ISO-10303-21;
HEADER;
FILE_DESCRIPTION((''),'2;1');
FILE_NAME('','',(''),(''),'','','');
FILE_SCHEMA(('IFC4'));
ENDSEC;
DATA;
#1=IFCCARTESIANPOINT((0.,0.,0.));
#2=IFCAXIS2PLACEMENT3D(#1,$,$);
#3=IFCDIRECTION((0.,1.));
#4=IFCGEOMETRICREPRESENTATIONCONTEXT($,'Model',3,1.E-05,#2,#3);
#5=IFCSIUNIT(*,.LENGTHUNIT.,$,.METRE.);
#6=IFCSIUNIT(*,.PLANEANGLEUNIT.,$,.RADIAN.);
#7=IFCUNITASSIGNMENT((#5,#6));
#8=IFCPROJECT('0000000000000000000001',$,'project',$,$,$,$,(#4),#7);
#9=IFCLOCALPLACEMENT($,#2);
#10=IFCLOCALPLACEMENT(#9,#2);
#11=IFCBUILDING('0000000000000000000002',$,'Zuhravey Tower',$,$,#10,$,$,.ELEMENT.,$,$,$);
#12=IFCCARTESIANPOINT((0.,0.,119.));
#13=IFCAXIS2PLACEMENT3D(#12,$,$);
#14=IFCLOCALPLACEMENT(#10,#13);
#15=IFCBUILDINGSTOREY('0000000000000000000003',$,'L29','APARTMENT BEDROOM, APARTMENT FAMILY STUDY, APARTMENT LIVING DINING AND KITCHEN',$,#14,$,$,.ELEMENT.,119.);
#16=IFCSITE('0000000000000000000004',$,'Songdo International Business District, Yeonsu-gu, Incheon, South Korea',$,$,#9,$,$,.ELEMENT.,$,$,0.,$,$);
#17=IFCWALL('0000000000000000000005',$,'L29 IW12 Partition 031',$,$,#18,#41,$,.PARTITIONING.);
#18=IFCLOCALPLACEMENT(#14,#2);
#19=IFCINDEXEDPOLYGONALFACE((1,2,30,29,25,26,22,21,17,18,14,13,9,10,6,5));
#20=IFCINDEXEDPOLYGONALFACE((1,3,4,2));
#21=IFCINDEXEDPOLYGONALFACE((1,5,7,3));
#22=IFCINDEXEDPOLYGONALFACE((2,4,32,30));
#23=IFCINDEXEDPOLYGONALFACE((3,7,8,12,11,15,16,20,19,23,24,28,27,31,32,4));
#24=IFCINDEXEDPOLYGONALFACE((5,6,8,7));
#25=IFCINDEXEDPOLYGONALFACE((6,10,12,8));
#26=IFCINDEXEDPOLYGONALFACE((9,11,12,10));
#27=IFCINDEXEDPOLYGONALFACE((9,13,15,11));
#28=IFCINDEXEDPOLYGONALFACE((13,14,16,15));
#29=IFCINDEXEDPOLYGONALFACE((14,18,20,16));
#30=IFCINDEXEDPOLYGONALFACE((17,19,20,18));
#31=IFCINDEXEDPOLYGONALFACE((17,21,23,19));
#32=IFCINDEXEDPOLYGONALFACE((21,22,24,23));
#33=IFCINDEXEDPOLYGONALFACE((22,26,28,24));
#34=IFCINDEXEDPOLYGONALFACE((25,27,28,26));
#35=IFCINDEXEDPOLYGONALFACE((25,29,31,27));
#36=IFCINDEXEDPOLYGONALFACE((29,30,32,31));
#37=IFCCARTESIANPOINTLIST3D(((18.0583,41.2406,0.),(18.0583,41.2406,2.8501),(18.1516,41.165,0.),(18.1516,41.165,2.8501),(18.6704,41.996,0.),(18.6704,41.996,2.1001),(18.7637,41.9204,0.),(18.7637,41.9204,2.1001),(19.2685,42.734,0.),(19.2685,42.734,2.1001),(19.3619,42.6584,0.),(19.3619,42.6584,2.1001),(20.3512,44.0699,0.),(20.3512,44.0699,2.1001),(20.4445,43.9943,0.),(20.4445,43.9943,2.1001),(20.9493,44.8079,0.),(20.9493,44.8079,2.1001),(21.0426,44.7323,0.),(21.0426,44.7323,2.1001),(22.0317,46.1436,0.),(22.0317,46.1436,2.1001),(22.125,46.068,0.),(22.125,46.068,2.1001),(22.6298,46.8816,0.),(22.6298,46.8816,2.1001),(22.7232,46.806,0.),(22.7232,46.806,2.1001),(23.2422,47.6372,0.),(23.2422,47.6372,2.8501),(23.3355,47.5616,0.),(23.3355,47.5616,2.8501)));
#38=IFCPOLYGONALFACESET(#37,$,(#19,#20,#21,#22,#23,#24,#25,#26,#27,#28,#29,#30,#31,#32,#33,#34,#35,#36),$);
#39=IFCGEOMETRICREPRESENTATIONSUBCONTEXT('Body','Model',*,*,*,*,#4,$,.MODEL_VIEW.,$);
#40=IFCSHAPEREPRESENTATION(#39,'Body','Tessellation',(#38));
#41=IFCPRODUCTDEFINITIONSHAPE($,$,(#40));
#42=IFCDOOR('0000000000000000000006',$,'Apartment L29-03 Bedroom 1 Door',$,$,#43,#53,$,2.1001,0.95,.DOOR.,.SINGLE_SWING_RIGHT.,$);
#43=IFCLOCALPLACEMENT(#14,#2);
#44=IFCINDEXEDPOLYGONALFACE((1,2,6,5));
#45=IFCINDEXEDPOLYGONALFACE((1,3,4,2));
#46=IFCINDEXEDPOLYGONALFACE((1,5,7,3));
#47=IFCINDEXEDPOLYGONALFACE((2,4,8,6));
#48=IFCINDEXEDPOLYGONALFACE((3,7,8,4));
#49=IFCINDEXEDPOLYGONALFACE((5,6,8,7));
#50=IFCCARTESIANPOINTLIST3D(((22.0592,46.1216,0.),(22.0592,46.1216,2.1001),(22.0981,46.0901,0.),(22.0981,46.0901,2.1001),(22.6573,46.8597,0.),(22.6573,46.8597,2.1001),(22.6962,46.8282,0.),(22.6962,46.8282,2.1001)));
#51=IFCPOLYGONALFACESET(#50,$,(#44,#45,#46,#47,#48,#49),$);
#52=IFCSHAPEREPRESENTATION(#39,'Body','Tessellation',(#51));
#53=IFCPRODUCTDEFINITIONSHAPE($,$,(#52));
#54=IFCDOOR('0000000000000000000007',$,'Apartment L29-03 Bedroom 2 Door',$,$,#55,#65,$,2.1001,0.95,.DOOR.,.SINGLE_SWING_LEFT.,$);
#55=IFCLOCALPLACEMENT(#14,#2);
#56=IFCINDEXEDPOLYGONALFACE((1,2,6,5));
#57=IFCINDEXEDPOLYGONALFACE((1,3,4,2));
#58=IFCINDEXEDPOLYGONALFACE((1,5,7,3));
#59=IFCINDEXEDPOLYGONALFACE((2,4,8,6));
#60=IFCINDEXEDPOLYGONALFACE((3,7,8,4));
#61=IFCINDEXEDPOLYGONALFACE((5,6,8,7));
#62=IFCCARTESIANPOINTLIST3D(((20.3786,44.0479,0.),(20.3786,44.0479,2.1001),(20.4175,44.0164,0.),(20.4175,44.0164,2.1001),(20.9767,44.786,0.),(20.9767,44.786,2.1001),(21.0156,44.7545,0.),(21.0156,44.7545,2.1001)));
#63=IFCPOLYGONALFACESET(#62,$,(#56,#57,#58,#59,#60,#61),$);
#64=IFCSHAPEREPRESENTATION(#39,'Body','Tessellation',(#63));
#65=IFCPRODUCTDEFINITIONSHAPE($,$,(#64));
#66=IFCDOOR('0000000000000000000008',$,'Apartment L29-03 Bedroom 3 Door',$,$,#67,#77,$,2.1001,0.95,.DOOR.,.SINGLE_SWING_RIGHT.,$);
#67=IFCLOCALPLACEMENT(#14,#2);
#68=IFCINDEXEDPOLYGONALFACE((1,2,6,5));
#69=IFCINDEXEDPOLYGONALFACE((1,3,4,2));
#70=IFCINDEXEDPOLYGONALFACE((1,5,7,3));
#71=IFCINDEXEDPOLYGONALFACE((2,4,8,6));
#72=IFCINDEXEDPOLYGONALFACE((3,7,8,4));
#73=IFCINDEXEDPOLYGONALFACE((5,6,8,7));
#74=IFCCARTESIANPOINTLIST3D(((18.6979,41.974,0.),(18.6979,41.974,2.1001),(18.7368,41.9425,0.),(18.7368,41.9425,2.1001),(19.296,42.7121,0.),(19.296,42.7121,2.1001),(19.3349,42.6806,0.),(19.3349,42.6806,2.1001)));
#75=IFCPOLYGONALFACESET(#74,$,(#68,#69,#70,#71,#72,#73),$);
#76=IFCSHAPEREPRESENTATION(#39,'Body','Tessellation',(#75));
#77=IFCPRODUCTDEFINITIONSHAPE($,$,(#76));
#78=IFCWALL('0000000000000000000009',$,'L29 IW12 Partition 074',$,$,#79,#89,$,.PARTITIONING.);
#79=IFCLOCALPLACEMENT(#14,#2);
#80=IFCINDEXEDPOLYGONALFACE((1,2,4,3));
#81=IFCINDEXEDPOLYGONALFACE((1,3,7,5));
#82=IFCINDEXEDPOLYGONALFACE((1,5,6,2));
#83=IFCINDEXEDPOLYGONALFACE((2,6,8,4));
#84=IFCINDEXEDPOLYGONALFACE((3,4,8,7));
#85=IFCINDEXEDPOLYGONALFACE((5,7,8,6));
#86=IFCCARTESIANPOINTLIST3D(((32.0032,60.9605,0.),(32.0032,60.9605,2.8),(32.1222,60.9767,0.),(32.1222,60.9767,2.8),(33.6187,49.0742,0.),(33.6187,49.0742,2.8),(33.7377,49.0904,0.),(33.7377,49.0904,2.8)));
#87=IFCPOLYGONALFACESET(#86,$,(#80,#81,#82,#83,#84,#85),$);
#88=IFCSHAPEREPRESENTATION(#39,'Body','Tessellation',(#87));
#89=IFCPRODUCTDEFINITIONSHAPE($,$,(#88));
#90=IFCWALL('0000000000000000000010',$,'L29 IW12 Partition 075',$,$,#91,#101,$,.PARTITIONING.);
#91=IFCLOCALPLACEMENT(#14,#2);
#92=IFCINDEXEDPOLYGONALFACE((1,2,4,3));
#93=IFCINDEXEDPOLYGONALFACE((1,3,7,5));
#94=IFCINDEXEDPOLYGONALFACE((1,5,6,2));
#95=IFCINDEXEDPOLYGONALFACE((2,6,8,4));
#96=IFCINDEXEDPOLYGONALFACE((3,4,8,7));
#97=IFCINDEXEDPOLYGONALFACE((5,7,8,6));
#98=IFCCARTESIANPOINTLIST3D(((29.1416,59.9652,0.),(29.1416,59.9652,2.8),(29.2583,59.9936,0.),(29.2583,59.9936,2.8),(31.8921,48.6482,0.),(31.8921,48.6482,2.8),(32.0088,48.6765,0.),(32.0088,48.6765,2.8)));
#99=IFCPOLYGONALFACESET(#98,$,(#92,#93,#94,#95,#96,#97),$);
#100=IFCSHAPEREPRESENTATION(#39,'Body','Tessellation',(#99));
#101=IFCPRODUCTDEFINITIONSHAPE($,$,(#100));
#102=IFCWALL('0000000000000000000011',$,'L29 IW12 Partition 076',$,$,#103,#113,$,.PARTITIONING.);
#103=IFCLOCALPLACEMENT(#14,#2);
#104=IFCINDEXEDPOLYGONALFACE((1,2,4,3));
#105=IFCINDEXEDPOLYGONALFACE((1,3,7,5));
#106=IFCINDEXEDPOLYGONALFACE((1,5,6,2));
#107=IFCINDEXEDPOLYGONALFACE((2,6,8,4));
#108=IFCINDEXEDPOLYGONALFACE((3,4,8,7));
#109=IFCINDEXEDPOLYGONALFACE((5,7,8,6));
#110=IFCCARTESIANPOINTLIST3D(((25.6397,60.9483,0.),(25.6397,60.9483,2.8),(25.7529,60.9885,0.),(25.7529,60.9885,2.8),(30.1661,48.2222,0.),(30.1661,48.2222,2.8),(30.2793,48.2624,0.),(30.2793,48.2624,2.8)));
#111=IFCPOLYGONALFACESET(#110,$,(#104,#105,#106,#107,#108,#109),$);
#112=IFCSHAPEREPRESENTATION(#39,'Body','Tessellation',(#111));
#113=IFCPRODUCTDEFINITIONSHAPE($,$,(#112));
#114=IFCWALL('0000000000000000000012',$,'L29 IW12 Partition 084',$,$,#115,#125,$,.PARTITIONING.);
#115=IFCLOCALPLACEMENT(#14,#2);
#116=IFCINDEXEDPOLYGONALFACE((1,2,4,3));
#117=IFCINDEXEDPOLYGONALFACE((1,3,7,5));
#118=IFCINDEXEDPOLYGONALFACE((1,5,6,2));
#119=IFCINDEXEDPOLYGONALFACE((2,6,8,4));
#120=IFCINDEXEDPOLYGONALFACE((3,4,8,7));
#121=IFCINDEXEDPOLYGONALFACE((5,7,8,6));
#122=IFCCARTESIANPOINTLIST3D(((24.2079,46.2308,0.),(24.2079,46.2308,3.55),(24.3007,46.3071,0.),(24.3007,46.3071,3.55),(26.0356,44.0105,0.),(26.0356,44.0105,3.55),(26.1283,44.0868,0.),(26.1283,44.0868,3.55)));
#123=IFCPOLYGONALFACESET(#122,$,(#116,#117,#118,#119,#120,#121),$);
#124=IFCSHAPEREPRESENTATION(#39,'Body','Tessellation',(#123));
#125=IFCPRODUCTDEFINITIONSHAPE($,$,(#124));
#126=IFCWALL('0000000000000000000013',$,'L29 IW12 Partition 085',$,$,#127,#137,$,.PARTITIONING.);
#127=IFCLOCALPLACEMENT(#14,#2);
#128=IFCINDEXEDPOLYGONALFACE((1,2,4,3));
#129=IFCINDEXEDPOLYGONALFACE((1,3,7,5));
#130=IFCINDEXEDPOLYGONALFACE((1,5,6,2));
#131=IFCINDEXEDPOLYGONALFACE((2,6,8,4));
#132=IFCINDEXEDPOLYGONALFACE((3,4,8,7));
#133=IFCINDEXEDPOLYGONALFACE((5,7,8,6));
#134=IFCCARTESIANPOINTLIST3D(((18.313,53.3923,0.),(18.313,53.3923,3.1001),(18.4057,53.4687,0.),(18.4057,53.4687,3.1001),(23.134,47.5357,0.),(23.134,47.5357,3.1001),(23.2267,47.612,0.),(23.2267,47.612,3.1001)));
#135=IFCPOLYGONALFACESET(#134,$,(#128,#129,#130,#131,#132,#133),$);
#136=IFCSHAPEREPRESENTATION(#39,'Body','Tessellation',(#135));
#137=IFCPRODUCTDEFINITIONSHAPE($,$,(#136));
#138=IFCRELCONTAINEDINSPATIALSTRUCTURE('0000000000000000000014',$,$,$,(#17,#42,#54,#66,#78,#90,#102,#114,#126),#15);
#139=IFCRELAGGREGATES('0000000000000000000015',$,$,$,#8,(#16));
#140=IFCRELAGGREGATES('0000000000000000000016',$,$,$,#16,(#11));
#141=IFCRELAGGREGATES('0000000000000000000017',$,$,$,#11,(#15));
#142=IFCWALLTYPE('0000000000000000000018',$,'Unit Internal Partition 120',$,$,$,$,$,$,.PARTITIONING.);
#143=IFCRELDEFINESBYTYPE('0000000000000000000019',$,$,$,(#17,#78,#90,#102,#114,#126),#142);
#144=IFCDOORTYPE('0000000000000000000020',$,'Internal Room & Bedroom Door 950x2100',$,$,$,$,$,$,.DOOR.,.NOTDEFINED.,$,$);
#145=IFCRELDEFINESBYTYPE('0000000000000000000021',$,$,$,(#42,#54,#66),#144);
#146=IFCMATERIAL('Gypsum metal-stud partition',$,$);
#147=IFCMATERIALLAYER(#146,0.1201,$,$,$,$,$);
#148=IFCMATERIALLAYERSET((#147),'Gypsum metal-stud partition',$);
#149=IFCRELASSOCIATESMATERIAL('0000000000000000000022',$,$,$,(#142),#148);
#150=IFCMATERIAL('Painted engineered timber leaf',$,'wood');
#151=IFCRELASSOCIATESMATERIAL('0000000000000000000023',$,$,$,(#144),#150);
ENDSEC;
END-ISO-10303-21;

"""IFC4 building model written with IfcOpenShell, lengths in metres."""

from ifc_helpers import new_model, si_unit, direction, frame, frame_2d, origin, place, context, subcontext, project, spatial, rectangle, extrude, material, layer, layer_set, type_object, element, fill, save


model = new_model("IFC4")

# Units and contexts
model_context = context("Model", 3, precision=1e-05, world=origin(), true_north=direction((0.0, 1.0)))
body_context = subcontext(model_context, "Body", "Model", "MODEL_VIEW")
ifc_project = project(units=[si_unit("LENGTHUNIT", "METRE"), si_unit("PLANEANGLEUNIT", "RADIAN")], contexts=[model_context])

# Site, building, storey
site_placement = place(None, origin())
site = spatial("IfcSite", under=ifc_project, at=site_placement, Name="Songdo International Business District, Yeonsu-gu, Incheon, South Korea", CompositionType="ELEMENT", RefElevation=0.0)
building_placement = place(site_placement, origin())
building = spatial("IfcBuilding", under=site, at=building_placement, Name="Zuhravey Tower", CompositionType="ELEMENT")
storey_placement = place(building_placement, frame((0.0, 0.0, 119.0)))
storey = spatial("IfcBuildingStorey", under=building, at=storey_placement, Name="L29", Description="APARTMENT BEDROOM, APARTMENT FAMILY STUDY, APARTMENT LIVING DINING AND KITCHEN", CompositionType="ELEMENT", Elevation=119.0)

# Shared definitions
ifc_material_1 = material(Name="Gypsum metal-stud partition")
ifc_layer_1 = layer(ifc_material_1, 0.1201)
ifc_layer_set_1 = layer_set([ifc_layer_1], Name="Gypsum metal-stud partition")
wall_type_1 = type_object("IfcWallType", Name="Unit Internal Partition 120", PredefinedType="PARTITIONING", material=ifc_layer_set_1)
ifc_material_2 = material(Name="Painted engineered timber leaf", Category="wood")
door_type_1 = type_object("IfcDoorType", Name="Internal Room & Bedroom Door 950x2100", OperationType="NOTDEFINED", PredefinedType="DOOR", material=ifc_material_2)

# Wall, openings, doors
wall_1_placement = place(storey_placement, frame((23.2888, 47.5994, 0.0), z_axis=(0.0, 0.0, 1.0), x_axis=(-0.629619, -0.776904, 0.0)))
wall_1 = element("IfcWall", 1, at=wall_1_placement, inside=storey, type_object=wall_type_1, Name="L29 IW12 Partition 031", PredefinedType="PARTITIONING", context=body_context, shape_type="SweptSolid", body=[
    extrude(rectangle(XDim=8.2334, YDim=0.1201, at=frame_2d((4.1167, 0.0))), origin(), (0.0, 0.0, 1.0), 2.8501),
])
opening_1_placement = place(wall_1_placement, frame((0.9724, 0.0, 0.0)))
opening_1 = element("IfcOpeningElement", 2, at=opening_1_placement, cuts=wall_1, PredefinedType="OPENING", context=body_context, shape_type="SweptSolid", body=[
    extrude(rectangle(XDim=0.95, YDim=2.1001, at=frame_2d((0.4751, 1.05))), frame((0.0, 0.072, 0.0), z_axis=(0.0, -1.0, 0.0), x_axis=(1.0, 0.0, 0.0)), (0.0, 0.0, 1.0), 0.144),
])
opening_2_placement = place(wall_1_placement, frame((3.6416, 0.0, 0.0)))
opening_2 = element("IfcOpeningElement", 3, at=opening_2_placement, cuts=wall_1, PredefinedType="OPENING", context=body_context, shape_type="SweptSolid", body=[
    extrude(rectangle(XDim=0.95, YDim=2.1001, at=frame_2d((0.4751, 1.05))), frame((0.0, 0.072, 0.0), z_axis=(0.0, -1.0, 0.0), x_axis=(1.0, 0.0, 0.0)), (0.0, 0.0, 1.0), 0.144),
])
opening_3_placement = place(wall_1_placement, frame((6.311, 0.0, 0.0)))
opening_3 = element("IfcOpeningElement", 4, at=opening_3_placement, cuts=wall_1, PredefinedType="OPENING", context=body_context, shape_type="SweptSolid", body=[
    extrude(rectangle(XDim=0.95, YDim=2.1001, at=frame_2d((0.4751, 1.05))), frame((0.0, 0.072, 0.0), z_axis=(0.0, -1.0, 0.0), x_axis=(1.0, 0.0, 0.0)), (0.0, 0.0, 1.0), 0.144),
])
door_1_placement = place(opening_1_placement, frame((0.95, 0.0, 0.0), z_axis=(0.0, 0.0, 1.0), x_axis=(-1.0, 0.0, 0.0)))
door_1 = element("IfcDoor", 5, at=door_1_placement, inside=storey, type_object=door_type_1, Name="Apartment L29-03 Bedroom 1 Door", OperationType="SINGLE_SWING_RIGHT", OverallHeight=2.1001, OverallWidth=0.95, PredefinedType="DOOR", context=body_context, shape_type="SweptSolid", body=[
    extrude(rectangle(XDim=0.95, YDim=2.1001, at=frame_2d((0.4751, 1.05))), frame((0.0, 0.0249, 0.0), z_axis=(0.0, -1.0, 0.0), x_axis=(1.0, 0.0, 0.0)), (0.0, 0.0, 1.0), 0.05),
])
fill(opening_1, door_1)
door_2_placement = place(opening_2_placement, frame((0.95, 0.0, 0.0), z_axis=(0.0, 0.0, 1.0), x_axis=(-1.0, 0.0, 0.0)))
door_2 = element("IfcDoor", 6, at=door_2_placement, inside=storey, type_object=door_type_1, Name="Apartment L29-03 Bedroom 2 Door", OperationType="SINGLE_SWING_LEFT", OverallHeight=2.1001, OverallWidth=0.95, PredefinedType="DOOR", context=body_context, shape_type="SweptSolid", body=[
    extrude(rectangle(XDim=0.95, YDim=2.1001, at=frame_2d((0.4751, 1.05))), frame((0.0, 0.0249, 0.0), z_axis=(0.0, -1.0, 0.0), x_axis=(1.0, 0.0, 0.0)), (0.0, 0.0, 1.0), 0.05),
])
fill(opening_2, door_2)
door_3_placement = place(opening_3_placement, frame((0.95, 0.0, 0.0), z_axis=(0.0, 0.0, 1.0), x_axis=(-1.0, 0.0, 0.0)))
door_3 = element("IfcDoor", 7, at=door_3_placement, inside=storey, type_object=door_type_1, Name="Apartment L29-03 Bedroom 3 Door", OperationType="SINGLE_SWING_RIGHT", OverallHeight=2.1001, OverallWidth=0.95, PredefinedType="DOOR", context=body_context, shape_type="SweptSolid", body=[
    extrude(rectangle(XDim=0.95, YDim=2.1001, at=frame_2d((0.4751, 1.05))), frame((0.0, 0.0249, 0.0), z_axis=(0.0, -1.0, 0.0), x_axis=(1.0, 0.0, 0.0)), (0.0, 0.0, 1.0), 0.05),
])
fill(opening_3, door_3)

# Walls
wall_2_placement = place(storey_placement, frame((33.6782, 49.0823, 0.0), z_axis=(0.0, 0.0, 1.0), x_axis=(-0.134674, 0.99089, 0.0)))
element("IfcWall", 8, at=wall_2_placement, inside=storey, type_object=wall_type_1, Name="L29 IW12 Partition 074", PredefinedType="PARTITIONING", context=body_context, shape_type="SweptSolid", body=[
    extrude(rectangle(XDim=11.9956, YDim=0.1201, at=frame_2d((5.9978, 0.0))), origin(), (0.0, 0.0, 1.0), 2.8),
])
wall_3_placement = place(storey_placement, frame((31.9504, 48.6624, 0.0), z_axis=(0.0, 0.0, 1.0), x_axis=(-0.236163, 0.971714, 0.0)))
element("IfcWall", 9, at=wall_3_placement, inside=storey, type_object=wall_type_1, Name="L29 IW12 Partition 075", PredefinedType="PARTITIONING", context=body_context, shape_type="SweptSolid", body=[
    extrude(rectangle(XDim=11.6465, YDim=0.1201, at=frame_2d((5.8232, 0.0))), origin(), (0.0, 0.0, 1.0), 2.8),
])
wall_4_placement = place(storey_placement, frame((30.2227, 48.2424, 0.0), z_axis=(0.0, 0.0, 1.0), x_axis=(-0.335111, 0.942179, 0.0)))
element("IfcWall", 10, at=wall_4_placement, inside=storey, type_object=wall_type_1, Name="L29 IW12 Partition 076", PredefinedType="PARTITIONING", context=body_context, shape_type="SweptSolid", body=[
    extrude(rectangle(XDim=13.5071, YDim=0.1201, at=frame_2d((6.7534, 0.0))), origin(), (0.0, 0.0, 1.0), 2.8),
])
wall_5_placement = place(storey_placement, frame((26.082, 44.0486, 0.0), z_axis=(0.0, 0.0, 1.0), x_axis=(-0.635547, 0.772063, 0.0)))
element("IfcWall", 11, at=wall_5_placement, inside=storey, type_object=wall_type_1, Name="L29 IW12 Partition 084", PredefinedType="PARTITIONING", context=body_context, shape_type="SweptSolid", body=[
    extrude(rectangle(XDim=2.8757, YDim=0.1201, at=frame_2d((1.438, 0.0))), origin(), (0.0, 0.0, 1.0), 3.55),
])
wall_6_placement = place(storey_placement, frame((23.1804, 47.5737, 0.0), z_axis=(0.0, 0.0, 1.0), x_axis=(-0.635541, 0.772067, 0.0)))
element("IfcWall", 12, at=wall_6_placement, inside=storey, type_object=wall_type_1, Name="L29 IW12 Partition 085", PredefinedType="PARTITIONING", context=body_context, shape_type="SweptSolid", body=[
    extrude(rectangle(XDim=7.5857, YDim=0.1201, at=frame_2d((3.793, 0.0))), origin(), (0.0, 0.0, 1.0), 3.1001),
])

save(model, "model.ifc")
